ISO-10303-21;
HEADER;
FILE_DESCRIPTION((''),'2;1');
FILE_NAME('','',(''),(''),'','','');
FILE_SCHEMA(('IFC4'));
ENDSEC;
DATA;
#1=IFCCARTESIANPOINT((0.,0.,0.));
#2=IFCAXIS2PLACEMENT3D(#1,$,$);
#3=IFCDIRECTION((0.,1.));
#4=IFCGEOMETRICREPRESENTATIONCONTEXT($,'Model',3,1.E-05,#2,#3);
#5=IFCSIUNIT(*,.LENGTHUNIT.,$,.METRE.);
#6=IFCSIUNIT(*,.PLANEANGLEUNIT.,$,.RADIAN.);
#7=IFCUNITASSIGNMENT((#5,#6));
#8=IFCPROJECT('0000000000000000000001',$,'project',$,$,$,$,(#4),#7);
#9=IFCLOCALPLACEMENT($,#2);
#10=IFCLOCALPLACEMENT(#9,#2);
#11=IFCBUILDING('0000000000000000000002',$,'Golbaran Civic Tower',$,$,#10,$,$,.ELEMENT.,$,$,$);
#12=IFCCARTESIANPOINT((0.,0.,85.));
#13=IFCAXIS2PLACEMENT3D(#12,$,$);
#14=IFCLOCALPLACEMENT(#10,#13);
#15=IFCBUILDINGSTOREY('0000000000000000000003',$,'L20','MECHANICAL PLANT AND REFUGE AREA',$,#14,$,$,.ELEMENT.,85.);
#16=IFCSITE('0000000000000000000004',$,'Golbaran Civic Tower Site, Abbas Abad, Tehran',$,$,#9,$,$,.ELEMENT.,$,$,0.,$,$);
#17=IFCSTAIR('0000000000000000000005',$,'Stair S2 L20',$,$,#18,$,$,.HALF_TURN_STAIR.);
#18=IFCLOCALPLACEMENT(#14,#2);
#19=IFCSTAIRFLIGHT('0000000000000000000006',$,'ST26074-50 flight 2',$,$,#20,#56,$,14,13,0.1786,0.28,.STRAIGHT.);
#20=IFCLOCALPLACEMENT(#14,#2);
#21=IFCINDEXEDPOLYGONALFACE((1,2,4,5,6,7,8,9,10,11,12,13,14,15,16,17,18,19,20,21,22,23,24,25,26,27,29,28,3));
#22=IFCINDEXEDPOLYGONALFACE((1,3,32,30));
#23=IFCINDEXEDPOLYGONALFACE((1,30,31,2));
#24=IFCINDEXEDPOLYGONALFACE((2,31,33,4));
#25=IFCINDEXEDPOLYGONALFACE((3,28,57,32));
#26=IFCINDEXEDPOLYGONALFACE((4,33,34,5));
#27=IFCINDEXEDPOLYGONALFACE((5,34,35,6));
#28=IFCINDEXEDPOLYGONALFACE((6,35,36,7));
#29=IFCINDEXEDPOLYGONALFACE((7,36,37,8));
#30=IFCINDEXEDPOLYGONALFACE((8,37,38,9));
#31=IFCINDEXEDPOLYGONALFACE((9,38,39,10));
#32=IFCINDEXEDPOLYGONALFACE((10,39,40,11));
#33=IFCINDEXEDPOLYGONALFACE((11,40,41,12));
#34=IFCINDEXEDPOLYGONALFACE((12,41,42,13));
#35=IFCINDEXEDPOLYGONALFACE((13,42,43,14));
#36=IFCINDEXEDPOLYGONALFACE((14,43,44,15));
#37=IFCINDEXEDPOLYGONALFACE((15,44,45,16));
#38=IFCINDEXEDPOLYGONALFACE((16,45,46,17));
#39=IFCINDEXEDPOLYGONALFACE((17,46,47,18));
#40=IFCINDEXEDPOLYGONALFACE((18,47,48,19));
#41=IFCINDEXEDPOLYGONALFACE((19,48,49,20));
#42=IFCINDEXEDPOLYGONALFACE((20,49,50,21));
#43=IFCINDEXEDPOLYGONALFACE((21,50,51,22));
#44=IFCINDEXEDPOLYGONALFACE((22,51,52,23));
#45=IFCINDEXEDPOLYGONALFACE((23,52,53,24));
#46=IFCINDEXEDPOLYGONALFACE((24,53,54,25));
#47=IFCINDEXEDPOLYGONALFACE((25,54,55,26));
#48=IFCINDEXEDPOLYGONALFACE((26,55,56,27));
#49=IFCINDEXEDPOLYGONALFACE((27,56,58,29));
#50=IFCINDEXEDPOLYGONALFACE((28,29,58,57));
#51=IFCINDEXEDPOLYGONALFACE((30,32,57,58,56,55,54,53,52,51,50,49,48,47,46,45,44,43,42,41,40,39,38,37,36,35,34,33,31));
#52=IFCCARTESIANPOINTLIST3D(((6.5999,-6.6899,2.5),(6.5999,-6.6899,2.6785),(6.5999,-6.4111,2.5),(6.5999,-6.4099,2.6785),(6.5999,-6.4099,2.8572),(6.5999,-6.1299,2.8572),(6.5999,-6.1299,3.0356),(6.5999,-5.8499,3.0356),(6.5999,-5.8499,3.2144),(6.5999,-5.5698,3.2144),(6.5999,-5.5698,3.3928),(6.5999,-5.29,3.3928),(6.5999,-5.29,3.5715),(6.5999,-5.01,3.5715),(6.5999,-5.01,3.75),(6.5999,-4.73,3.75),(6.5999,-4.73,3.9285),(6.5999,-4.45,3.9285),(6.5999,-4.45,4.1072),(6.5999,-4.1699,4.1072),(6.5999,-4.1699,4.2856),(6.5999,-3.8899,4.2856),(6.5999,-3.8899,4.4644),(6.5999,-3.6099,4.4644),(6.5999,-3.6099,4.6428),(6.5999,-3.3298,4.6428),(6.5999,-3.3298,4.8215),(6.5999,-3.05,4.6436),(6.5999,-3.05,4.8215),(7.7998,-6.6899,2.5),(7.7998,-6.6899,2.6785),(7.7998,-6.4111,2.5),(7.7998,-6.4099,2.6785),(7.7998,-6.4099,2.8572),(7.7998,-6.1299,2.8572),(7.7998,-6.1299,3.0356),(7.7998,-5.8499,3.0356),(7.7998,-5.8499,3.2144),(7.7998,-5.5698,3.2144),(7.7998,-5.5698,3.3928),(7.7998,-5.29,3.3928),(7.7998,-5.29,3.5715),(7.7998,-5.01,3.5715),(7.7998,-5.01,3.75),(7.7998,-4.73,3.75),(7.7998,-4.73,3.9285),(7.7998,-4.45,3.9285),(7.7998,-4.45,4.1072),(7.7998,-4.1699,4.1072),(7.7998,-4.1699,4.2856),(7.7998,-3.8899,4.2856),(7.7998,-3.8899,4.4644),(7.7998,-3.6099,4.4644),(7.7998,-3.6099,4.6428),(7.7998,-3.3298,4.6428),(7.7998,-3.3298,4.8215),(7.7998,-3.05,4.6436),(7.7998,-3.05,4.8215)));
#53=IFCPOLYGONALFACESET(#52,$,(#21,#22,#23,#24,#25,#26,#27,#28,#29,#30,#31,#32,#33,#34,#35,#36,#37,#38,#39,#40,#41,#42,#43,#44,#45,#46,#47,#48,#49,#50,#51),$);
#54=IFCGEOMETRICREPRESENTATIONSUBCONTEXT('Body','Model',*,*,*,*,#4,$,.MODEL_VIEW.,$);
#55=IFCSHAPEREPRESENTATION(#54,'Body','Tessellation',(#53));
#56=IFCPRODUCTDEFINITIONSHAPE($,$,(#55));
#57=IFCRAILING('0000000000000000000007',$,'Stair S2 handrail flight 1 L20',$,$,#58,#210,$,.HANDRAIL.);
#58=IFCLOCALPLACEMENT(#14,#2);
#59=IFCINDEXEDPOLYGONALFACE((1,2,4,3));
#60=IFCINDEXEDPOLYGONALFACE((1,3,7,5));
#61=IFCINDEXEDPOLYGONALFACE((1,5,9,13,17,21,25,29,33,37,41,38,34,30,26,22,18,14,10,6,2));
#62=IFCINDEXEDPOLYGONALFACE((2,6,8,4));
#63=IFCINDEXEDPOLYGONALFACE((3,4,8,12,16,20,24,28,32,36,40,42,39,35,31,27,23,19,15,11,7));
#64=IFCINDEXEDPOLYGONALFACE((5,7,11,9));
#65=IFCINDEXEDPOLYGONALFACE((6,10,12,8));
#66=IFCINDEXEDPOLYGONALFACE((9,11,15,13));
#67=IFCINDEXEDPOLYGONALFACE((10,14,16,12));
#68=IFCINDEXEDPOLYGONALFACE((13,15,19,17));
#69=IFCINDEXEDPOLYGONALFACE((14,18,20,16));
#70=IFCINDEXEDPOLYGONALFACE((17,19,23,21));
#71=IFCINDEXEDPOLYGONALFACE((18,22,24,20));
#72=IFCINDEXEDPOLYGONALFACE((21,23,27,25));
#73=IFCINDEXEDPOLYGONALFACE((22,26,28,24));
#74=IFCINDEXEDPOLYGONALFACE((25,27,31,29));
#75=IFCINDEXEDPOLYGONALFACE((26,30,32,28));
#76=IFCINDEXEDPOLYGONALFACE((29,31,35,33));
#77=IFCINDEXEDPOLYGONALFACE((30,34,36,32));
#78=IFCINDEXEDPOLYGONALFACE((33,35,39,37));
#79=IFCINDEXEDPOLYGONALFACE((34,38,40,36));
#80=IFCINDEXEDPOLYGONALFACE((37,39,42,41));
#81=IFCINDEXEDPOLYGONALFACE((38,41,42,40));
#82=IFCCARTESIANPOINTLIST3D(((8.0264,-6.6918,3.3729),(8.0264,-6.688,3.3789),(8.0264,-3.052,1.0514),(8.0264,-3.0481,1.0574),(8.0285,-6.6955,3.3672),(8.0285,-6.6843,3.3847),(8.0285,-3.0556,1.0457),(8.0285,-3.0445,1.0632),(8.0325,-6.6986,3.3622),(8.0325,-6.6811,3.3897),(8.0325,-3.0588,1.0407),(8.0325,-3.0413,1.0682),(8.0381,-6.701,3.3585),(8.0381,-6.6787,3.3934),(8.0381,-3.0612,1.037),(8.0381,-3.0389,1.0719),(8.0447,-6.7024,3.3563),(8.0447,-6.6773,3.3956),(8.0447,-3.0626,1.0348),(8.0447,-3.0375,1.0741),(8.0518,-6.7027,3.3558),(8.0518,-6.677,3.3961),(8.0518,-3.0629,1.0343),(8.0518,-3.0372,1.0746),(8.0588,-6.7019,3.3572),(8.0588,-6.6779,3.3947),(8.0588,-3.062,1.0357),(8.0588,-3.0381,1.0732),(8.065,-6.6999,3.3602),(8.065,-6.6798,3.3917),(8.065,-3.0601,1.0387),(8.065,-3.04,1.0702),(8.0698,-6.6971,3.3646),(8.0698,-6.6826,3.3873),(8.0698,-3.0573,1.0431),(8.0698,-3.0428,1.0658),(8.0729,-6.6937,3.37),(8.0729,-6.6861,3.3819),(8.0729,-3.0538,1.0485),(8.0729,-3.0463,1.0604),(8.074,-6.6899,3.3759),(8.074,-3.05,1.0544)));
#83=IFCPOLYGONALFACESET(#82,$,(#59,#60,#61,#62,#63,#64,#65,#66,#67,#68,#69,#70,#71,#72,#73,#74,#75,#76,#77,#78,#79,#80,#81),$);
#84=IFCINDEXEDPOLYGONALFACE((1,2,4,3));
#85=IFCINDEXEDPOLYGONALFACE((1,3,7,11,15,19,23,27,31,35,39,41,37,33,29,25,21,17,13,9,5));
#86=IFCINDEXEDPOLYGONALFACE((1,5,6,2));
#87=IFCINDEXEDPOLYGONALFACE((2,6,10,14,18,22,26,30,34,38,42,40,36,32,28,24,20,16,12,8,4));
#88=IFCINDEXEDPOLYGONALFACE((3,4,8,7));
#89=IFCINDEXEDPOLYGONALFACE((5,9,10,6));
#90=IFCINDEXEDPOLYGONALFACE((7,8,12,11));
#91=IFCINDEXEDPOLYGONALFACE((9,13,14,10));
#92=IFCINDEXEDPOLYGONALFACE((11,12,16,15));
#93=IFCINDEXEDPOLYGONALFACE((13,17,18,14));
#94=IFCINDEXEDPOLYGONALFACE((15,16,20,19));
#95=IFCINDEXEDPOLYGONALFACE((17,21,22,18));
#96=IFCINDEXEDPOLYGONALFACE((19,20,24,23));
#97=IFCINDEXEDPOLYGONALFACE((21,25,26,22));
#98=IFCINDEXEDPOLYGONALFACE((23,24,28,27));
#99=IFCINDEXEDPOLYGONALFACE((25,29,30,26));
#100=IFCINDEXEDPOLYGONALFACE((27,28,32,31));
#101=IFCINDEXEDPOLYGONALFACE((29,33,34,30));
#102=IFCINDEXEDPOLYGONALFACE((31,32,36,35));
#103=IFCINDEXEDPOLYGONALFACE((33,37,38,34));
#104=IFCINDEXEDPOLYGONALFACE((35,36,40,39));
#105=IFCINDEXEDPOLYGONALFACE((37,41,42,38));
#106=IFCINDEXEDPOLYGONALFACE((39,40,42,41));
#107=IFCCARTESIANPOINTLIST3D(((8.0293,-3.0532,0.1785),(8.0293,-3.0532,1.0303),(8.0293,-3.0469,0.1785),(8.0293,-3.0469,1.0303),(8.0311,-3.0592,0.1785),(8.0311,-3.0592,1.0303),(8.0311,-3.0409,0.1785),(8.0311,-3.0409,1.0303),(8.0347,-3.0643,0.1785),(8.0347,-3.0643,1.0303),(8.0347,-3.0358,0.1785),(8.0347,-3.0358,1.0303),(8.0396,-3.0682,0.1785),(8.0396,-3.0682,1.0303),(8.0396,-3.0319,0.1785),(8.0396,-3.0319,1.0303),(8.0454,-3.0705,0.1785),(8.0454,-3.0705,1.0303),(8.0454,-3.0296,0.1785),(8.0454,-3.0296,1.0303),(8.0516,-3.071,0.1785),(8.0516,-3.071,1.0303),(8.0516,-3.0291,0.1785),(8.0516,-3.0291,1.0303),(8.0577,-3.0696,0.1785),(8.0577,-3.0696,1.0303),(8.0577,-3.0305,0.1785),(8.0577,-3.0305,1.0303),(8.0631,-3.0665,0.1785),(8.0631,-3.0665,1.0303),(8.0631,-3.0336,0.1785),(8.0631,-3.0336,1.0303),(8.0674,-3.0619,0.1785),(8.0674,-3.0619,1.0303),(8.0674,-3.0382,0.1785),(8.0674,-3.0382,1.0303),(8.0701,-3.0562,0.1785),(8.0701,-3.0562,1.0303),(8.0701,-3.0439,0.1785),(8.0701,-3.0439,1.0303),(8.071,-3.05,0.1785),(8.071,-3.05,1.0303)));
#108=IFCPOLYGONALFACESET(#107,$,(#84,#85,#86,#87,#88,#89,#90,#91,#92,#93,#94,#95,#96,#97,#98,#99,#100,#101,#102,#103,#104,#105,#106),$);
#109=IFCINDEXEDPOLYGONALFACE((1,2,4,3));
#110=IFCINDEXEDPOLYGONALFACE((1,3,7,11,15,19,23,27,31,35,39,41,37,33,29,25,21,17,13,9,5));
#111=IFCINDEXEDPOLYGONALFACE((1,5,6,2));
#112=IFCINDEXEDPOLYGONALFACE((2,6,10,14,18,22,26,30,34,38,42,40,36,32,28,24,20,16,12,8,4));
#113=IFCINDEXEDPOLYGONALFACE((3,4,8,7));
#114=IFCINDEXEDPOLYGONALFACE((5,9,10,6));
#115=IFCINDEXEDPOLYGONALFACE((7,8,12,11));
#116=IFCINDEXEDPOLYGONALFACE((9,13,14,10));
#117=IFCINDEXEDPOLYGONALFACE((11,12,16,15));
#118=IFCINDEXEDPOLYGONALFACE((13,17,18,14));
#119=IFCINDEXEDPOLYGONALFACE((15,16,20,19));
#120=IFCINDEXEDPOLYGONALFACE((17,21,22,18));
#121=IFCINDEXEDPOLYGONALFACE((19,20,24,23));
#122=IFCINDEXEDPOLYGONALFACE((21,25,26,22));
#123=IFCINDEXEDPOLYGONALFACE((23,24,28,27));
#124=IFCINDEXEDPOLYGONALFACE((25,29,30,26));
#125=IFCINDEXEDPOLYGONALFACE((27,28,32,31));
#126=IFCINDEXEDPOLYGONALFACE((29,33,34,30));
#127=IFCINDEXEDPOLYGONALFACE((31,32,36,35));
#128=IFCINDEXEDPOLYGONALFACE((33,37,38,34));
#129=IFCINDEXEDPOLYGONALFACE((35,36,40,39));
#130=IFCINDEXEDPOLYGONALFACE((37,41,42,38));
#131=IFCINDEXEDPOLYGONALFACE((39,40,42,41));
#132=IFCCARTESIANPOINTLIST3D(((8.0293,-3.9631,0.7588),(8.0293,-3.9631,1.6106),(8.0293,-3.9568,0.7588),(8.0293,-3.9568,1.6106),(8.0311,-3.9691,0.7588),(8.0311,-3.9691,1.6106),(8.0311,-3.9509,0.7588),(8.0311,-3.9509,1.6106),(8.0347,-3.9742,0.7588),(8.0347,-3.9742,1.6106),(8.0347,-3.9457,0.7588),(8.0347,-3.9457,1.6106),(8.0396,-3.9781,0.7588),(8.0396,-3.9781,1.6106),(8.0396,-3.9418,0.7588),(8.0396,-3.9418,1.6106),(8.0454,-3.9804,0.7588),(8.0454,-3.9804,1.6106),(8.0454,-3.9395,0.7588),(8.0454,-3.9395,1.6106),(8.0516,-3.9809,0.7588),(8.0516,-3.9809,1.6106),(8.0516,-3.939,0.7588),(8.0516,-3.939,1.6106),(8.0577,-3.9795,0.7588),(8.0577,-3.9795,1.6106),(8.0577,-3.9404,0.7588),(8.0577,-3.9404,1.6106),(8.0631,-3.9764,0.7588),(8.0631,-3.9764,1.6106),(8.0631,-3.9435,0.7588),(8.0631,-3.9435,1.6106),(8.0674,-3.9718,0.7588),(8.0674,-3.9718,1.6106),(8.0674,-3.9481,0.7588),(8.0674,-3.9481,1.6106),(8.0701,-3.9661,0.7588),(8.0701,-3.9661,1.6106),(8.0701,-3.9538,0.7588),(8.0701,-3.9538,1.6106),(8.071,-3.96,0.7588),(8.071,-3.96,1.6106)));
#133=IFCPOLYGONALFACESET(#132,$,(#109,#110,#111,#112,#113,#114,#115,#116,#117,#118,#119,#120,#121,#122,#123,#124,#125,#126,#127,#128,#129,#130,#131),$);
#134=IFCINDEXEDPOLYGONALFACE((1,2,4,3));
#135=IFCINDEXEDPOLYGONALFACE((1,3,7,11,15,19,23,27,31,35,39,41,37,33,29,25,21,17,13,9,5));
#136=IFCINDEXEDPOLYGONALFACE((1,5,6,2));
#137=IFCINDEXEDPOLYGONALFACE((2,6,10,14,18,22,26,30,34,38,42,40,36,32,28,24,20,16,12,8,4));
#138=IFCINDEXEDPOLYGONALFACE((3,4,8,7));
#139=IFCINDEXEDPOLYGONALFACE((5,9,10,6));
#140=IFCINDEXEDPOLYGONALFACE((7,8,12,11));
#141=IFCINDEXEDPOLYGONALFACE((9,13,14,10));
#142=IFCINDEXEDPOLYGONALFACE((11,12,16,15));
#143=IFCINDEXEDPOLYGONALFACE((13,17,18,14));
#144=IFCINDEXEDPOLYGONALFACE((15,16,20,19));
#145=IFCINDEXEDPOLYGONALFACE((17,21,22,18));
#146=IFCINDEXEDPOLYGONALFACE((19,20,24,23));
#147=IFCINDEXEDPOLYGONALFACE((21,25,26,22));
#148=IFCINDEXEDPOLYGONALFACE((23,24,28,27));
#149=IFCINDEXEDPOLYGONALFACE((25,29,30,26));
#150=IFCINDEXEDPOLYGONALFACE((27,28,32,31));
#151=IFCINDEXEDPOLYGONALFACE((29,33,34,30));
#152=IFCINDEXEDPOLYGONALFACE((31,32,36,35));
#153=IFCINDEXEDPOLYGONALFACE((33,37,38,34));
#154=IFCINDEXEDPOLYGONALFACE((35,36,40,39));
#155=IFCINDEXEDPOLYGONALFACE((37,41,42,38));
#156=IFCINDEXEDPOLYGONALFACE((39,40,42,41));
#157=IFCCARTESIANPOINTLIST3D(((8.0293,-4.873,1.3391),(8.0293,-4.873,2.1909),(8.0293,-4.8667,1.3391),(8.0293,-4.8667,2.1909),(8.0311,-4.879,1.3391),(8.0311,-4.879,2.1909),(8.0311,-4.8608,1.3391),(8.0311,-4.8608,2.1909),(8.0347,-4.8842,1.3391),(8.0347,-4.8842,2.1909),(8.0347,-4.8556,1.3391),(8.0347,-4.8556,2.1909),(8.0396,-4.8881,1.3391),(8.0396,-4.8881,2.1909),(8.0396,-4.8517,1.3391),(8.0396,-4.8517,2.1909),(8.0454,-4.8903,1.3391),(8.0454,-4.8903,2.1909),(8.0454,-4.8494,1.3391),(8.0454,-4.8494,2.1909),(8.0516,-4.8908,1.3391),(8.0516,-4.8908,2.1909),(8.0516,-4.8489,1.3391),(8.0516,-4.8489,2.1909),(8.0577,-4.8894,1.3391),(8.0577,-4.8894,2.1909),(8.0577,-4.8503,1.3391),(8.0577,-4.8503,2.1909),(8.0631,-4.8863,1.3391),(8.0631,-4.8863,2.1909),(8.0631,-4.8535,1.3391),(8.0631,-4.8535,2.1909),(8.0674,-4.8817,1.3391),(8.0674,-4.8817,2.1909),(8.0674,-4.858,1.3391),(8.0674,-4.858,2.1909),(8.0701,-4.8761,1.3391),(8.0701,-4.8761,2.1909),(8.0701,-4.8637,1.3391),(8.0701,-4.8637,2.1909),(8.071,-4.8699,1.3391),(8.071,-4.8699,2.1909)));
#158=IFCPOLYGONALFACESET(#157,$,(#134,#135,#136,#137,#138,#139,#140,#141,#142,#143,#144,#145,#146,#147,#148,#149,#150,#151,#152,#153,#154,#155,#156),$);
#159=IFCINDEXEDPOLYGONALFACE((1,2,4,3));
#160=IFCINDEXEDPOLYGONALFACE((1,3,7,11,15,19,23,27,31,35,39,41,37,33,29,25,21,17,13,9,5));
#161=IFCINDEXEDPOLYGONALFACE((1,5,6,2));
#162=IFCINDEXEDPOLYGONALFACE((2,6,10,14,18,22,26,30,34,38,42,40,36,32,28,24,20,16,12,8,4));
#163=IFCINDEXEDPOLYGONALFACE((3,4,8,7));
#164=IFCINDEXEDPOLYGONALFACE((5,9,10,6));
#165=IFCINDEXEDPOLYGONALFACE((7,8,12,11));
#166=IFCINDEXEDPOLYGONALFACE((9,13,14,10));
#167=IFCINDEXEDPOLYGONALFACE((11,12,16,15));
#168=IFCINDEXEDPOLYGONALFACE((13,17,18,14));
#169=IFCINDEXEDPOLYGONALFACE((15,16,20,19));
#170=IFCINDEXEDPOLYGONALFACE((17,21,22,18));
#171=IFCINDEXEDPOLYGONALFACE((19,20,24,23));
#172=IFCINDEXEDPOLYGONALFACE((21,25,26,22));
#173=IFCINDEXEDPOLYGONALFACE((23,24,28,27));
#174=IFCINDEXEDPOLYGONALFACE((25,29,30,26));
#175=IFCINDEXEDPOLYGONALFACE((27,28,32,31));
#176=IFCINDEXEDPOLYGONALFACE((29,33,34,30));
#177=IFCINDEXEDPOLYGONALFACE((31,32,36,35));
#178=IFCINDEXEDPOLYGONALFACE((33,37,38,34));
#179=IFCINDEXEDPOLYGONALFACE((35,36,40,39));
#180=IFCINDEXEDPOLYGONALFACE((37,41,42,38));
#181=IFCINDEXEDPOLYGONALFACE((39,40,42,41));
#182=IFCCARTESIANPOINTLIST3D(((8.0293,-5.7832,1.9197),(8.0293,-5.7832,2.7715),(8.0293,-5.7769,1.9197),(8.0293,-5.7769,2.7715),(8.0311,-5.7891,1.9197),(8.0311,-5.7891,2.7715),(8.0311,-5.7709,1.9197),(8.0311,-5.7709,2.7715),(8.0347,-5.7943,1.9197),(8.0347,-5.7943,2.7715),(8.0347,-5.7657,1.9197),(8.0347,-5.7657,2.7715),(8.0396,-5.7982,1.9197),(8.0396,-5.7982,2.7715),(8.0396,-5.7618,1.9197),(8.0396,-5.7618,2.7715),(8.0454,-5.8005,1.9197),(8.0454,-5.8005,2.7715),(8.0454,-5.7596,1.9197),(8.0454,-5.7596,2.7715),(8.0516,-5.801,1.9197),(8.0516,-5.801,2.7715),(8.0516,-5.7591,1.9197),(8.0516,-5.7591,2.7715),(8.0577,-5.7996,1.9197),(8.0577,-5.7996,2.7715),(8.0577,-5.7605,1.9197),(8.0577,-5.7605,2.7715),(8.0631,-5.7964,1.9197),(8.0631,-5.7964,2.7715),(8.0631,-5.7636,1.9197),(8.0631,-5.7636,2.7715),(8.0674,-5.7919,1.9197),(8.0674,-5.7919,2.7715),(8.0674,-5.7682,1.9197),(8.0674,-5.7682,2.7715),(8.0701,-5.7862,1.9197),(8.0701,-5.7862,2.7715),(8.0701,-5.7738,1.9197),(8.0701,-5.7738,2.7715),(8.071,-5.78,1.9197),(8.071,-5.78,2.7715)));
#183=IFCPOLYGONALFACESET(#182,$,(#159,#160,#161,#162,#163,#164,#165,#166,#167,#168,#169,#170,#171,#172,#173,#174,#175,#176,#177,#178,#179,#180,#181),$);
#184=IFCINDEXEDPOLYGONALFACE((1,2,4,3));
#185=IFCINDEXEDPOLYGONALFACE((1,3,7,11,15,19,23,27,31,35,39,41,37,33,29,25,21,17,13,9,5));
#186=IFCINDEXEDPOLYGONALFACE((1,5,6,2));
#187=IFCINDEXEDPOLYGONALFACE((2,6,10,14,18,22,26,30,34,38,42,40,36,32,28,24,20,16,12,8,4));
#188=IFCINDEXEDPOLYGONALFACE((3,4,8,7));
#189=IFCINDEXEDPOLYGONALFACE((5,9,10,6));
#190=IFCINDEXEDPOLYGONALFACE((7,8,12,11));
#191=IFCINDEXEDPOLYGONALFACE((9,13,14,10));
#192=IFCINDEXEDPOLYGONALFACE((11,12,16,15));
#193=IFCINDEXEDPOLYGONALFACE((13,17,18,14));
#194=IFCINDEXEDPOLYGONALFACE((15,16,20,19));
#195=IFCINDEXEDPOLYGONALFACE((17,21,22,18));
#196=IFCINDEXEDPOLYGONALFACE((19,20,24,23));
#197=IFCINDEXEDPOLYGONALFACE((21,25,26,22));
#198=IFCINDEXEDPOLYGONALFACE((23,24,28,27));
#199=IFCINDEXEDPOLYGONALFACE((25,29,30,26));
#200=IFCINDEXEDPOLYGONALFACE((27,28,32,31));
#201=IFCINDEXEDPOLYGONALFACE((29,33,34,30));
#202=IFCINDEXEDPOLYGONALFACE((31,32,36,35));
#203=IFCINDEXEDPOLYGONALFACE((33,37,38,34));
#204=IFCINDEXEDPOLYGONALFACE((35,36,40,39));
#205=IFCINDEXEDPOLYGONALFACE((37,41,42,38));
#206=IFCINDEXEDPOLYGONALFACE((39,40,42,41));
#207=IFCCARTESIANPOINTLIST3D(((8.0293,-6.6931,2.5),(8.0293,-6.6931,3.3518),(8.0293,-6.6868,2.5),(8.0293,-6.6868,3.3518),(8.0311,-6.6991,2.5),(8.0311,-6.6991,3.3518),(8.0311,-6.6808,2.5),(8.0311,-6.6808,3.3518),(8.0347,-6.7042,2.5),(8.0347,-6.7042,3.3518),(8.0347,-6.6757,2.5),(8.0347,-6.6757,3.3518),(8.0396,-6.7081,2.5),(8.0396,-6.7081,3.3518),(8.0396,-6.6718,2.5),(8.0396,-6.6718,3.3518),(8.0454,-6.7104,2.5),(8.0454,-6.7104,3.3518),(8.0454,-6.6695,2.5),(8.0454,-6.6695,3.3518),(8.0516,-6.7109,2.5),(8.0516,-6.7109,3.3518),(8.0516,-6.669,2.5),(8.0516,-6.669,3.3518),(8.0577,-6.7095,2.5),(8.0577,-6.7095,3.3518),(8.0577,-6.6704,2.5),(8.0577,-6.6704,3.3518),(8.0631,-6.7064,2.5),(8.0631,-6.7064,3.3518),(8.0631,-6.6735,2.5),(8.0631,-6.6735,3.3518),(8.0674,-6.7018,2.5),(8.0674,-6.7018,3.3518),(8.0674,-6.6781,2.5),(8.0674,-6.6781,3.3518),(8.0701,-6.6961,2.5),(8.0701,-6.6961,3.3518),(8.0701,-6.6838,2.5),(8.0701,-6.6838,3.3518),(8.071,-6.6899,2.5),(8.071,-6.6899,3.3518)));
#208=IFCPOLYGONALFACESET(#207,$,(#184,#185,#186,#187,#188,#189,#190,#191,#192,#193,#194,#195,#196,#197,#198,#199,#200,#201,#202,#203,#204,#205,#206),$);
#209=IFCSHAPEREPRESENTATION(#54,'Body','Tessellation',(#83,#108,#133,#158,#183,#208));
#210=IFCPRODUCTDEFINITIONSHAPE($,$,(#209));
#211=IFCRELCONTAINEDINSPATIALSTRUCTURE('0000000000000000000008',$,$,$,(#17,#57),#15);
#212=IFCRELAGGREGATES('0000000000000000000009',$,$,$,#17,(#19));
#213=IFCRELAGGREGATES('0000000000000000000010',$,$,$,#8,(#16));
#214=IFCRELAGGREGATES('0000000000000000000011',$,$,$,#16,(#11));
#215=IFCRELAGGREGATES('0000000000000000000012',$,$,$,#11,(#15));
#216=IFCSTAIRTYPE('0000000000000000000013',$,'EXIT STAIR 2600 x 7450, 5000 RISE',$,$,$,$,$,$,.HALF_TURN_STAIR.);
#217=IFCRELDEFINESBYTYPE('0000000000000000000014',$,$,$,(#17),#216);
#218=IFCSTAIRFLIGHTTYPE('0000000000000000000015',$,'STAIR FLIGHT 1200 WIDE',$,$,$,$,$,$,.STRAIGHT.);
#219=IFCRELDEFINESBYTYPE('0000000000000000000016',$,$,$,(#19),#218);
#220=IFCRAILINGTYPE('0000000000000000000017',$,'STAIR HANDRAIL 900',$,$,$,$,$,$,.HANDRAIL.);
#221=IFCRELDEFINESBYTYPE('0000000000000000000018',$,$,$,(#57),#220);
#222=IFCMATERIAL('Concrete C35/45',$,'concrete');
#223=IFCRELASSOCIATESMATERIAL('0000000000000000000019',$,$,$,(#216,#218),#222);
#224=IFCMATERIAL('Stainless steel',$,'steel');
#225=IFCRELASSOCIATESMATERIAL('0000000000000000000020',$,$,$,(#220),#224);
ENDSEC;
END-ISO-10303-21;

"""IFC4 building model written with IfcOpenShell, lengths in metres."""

from ifc_helpers import new_model, si_unit, direction, frame, origin, origin_2d, place, context, subcontext, project, spatial, polyline, circle, outline, extrude, material, type_object, element, aggregate, save


model = new_model("IFC4")

# Units and contexts
model_context = context("Model", 3, precision=1e-05, world=origin(), true_north=direction((0.0, 1.0)))
body_context = subcontext(model_context, "Body", "Model", "MODEL_VIEW")
ifc_project = project(units=[si_unit("LENGTHUNIT", "METRE"), si_unit("PLANEANGLEUNIT", "RADIAN")], contexts=[model_context])

# Site, building, storey
site_placement = place(None, origin())
site = spatial("IfcSite", under=ifc_project, at=site_placement, Name="Golbaran Civic Tower Site, Abbas Abad, Tehran", CompositionType="ELEMENT", RefElevation=0.0)
building_placement = place(site_placement, origin())
building = spatial("IfcBuilding", under=site, at=building_placement, Name="Golbaran Civic Tower", CompositionType="ELEMENT")
storey_placement = place(building_placement, frame((0.0, 0.0, 85.0)))
storey = spatial("IfcBuildingStorey", under=building, at=storey_placement, Name="L20", Description="MECHANICAL PLANT AND REFUGE AREA", CompositionType="ELEMENT", Elevation=85.0)

# Shared definitions
ifc_material_1 = material(Name="Concrete C35/45", Category="concrete")

# Shared definitions
stair_type = type_object("IfcStairType", Name="EXIT STAIR 2600 x 7450, 5000 RISE", PredefinedType="HALF_TURN_STAIR", material=ifc_material_1)

# Stair
stair_1_placement = place(storey_placement, origin())
stair_1 = element("IfcStair", 1, at=stair_1_placement, inside=storey, type_object=stair_type, Name="Stair S2 L20", PredefinedType="HALF_TURN_STAIR")

# Shared definitions
ifc_material_2 = material(Name="Stainless steel", Category="steel")

# Stair flight
stair_flight_type = type_object("IfcStairFlightType", Name="STAIR FLIGHT 1200 WIDE", PredefinedType="STRAIGHT", material=ifc_material_1)
stair_flight_1_placement = place(storey_placement, frame((7.2, -6.6899, 2.5), z_axis=(0.0, 0.0, 1.0), x_axis=(0.0, 1.0, 0.0)))
stair_flight_1 = element("IfcStairFlight", 2, at=stair_flight_1_placement, type_object=stair_flight_type, Name="ST26074-50 flight 2", NumberOfRisers=14, NumberOfTreads=13, PredefinedType="STRAIGHT", RiserHeight=0.1786, TreadLength=0.28, context=body_context, shape_type="SweptSolid", body=[
    extrude(outline(polyline([(0.0, 0.0), (0.0, 0.1785), (0.28, 0.1785), (0.28, 0.3572), (0.5601, 0.3572), (0.5601, 0.5356), (0.8401, 0.5356), (0.8401, 0.7144), (1.1201, 0.7144), (1.1201, 0.8928), (1.3999, 0.8928), (1.3999, 1.0715), (1.6799, 1.0715), (1.6799, 1.25), (1.96, 1.25), (1.96, 1.4285), (2.24, 1.4285), (2.24, 1.6072), (2.52, 1.6072), (2.52, 1.7856), (2.8, 1.7856), (2.8, 1.9644), (3.0801, 1.9644), (3.0801, 2.1428), (3.3601, 2.1428), (3.3601, 2.3215), (3.6399, 2.3215), (3.6399, 2.5), (3.6399, 2.1436), (0.2788, 0.0), (0.0, 0.0)])), frame((0.0, 0.6001, 0.0), z_axis=(0.0, -1.0, 0.0), x_axis=(1.0, 0.0, 0.0)), (0.0, 0.0, 1.0), 1.2),
])
aggregate(stair_1, [stair_flight_1])

# Railing
railing_type = type_object("IfcRailingType", Name="STAIR HANDRAIL 900", PredefinedType="HANDRAIL", material=ifc_material_2)
railing_1_placement = place(storey_placement, frame((8.05, -3.05, 0.1785)))
element("IfcRailing", 3, at=railing_1_placement, inside=storey, type_object=railing_type, Name="Stair S2 handrail flight 1 L20", PredefinedType="HANDRAIL", context=body_context, shape_type="SweptSolid", body=[
    extrude(circle(Radius=0.0239, at=origin_2d()), frame((0.0, 0.0, 0.876), z_axis=(0.0, -0.843112, 0.537739), x_axis=(1.0, 0.0, 0.0)), (0.0, 0.0, 1.0), 4.3171),
    extrude(circle(Radius=0.021, at=origin_2d()), origin(), (0.0, 0.0, 1.0), 0.8518),
    extrude(circle(Radius=0.021, at=origin_2d()), frame((0.0, -0.9099, 0.5803)), (0.0, 0.0, 1.0), 0.8518),
    extrude(circle(Radius=0.021, at=origin_2d()), frame((0.0, -1.8198, 1.1606)), (0.0, 0.0, 1.0), 0.8518),
    extrude(circle(Radius=0.021, at=origin_2d()), frame((0.0, -2.73, 1.7412)), (0.0, 0.0, 1.0), 0.8518),
    extrude(circle(Radius=0.021, at=origin_2d()), frame((0.0, -3.6399, 2.3215)), (0.0, 0.0, 1.0), 0.8518),
])

save(model, "model.ifc")
